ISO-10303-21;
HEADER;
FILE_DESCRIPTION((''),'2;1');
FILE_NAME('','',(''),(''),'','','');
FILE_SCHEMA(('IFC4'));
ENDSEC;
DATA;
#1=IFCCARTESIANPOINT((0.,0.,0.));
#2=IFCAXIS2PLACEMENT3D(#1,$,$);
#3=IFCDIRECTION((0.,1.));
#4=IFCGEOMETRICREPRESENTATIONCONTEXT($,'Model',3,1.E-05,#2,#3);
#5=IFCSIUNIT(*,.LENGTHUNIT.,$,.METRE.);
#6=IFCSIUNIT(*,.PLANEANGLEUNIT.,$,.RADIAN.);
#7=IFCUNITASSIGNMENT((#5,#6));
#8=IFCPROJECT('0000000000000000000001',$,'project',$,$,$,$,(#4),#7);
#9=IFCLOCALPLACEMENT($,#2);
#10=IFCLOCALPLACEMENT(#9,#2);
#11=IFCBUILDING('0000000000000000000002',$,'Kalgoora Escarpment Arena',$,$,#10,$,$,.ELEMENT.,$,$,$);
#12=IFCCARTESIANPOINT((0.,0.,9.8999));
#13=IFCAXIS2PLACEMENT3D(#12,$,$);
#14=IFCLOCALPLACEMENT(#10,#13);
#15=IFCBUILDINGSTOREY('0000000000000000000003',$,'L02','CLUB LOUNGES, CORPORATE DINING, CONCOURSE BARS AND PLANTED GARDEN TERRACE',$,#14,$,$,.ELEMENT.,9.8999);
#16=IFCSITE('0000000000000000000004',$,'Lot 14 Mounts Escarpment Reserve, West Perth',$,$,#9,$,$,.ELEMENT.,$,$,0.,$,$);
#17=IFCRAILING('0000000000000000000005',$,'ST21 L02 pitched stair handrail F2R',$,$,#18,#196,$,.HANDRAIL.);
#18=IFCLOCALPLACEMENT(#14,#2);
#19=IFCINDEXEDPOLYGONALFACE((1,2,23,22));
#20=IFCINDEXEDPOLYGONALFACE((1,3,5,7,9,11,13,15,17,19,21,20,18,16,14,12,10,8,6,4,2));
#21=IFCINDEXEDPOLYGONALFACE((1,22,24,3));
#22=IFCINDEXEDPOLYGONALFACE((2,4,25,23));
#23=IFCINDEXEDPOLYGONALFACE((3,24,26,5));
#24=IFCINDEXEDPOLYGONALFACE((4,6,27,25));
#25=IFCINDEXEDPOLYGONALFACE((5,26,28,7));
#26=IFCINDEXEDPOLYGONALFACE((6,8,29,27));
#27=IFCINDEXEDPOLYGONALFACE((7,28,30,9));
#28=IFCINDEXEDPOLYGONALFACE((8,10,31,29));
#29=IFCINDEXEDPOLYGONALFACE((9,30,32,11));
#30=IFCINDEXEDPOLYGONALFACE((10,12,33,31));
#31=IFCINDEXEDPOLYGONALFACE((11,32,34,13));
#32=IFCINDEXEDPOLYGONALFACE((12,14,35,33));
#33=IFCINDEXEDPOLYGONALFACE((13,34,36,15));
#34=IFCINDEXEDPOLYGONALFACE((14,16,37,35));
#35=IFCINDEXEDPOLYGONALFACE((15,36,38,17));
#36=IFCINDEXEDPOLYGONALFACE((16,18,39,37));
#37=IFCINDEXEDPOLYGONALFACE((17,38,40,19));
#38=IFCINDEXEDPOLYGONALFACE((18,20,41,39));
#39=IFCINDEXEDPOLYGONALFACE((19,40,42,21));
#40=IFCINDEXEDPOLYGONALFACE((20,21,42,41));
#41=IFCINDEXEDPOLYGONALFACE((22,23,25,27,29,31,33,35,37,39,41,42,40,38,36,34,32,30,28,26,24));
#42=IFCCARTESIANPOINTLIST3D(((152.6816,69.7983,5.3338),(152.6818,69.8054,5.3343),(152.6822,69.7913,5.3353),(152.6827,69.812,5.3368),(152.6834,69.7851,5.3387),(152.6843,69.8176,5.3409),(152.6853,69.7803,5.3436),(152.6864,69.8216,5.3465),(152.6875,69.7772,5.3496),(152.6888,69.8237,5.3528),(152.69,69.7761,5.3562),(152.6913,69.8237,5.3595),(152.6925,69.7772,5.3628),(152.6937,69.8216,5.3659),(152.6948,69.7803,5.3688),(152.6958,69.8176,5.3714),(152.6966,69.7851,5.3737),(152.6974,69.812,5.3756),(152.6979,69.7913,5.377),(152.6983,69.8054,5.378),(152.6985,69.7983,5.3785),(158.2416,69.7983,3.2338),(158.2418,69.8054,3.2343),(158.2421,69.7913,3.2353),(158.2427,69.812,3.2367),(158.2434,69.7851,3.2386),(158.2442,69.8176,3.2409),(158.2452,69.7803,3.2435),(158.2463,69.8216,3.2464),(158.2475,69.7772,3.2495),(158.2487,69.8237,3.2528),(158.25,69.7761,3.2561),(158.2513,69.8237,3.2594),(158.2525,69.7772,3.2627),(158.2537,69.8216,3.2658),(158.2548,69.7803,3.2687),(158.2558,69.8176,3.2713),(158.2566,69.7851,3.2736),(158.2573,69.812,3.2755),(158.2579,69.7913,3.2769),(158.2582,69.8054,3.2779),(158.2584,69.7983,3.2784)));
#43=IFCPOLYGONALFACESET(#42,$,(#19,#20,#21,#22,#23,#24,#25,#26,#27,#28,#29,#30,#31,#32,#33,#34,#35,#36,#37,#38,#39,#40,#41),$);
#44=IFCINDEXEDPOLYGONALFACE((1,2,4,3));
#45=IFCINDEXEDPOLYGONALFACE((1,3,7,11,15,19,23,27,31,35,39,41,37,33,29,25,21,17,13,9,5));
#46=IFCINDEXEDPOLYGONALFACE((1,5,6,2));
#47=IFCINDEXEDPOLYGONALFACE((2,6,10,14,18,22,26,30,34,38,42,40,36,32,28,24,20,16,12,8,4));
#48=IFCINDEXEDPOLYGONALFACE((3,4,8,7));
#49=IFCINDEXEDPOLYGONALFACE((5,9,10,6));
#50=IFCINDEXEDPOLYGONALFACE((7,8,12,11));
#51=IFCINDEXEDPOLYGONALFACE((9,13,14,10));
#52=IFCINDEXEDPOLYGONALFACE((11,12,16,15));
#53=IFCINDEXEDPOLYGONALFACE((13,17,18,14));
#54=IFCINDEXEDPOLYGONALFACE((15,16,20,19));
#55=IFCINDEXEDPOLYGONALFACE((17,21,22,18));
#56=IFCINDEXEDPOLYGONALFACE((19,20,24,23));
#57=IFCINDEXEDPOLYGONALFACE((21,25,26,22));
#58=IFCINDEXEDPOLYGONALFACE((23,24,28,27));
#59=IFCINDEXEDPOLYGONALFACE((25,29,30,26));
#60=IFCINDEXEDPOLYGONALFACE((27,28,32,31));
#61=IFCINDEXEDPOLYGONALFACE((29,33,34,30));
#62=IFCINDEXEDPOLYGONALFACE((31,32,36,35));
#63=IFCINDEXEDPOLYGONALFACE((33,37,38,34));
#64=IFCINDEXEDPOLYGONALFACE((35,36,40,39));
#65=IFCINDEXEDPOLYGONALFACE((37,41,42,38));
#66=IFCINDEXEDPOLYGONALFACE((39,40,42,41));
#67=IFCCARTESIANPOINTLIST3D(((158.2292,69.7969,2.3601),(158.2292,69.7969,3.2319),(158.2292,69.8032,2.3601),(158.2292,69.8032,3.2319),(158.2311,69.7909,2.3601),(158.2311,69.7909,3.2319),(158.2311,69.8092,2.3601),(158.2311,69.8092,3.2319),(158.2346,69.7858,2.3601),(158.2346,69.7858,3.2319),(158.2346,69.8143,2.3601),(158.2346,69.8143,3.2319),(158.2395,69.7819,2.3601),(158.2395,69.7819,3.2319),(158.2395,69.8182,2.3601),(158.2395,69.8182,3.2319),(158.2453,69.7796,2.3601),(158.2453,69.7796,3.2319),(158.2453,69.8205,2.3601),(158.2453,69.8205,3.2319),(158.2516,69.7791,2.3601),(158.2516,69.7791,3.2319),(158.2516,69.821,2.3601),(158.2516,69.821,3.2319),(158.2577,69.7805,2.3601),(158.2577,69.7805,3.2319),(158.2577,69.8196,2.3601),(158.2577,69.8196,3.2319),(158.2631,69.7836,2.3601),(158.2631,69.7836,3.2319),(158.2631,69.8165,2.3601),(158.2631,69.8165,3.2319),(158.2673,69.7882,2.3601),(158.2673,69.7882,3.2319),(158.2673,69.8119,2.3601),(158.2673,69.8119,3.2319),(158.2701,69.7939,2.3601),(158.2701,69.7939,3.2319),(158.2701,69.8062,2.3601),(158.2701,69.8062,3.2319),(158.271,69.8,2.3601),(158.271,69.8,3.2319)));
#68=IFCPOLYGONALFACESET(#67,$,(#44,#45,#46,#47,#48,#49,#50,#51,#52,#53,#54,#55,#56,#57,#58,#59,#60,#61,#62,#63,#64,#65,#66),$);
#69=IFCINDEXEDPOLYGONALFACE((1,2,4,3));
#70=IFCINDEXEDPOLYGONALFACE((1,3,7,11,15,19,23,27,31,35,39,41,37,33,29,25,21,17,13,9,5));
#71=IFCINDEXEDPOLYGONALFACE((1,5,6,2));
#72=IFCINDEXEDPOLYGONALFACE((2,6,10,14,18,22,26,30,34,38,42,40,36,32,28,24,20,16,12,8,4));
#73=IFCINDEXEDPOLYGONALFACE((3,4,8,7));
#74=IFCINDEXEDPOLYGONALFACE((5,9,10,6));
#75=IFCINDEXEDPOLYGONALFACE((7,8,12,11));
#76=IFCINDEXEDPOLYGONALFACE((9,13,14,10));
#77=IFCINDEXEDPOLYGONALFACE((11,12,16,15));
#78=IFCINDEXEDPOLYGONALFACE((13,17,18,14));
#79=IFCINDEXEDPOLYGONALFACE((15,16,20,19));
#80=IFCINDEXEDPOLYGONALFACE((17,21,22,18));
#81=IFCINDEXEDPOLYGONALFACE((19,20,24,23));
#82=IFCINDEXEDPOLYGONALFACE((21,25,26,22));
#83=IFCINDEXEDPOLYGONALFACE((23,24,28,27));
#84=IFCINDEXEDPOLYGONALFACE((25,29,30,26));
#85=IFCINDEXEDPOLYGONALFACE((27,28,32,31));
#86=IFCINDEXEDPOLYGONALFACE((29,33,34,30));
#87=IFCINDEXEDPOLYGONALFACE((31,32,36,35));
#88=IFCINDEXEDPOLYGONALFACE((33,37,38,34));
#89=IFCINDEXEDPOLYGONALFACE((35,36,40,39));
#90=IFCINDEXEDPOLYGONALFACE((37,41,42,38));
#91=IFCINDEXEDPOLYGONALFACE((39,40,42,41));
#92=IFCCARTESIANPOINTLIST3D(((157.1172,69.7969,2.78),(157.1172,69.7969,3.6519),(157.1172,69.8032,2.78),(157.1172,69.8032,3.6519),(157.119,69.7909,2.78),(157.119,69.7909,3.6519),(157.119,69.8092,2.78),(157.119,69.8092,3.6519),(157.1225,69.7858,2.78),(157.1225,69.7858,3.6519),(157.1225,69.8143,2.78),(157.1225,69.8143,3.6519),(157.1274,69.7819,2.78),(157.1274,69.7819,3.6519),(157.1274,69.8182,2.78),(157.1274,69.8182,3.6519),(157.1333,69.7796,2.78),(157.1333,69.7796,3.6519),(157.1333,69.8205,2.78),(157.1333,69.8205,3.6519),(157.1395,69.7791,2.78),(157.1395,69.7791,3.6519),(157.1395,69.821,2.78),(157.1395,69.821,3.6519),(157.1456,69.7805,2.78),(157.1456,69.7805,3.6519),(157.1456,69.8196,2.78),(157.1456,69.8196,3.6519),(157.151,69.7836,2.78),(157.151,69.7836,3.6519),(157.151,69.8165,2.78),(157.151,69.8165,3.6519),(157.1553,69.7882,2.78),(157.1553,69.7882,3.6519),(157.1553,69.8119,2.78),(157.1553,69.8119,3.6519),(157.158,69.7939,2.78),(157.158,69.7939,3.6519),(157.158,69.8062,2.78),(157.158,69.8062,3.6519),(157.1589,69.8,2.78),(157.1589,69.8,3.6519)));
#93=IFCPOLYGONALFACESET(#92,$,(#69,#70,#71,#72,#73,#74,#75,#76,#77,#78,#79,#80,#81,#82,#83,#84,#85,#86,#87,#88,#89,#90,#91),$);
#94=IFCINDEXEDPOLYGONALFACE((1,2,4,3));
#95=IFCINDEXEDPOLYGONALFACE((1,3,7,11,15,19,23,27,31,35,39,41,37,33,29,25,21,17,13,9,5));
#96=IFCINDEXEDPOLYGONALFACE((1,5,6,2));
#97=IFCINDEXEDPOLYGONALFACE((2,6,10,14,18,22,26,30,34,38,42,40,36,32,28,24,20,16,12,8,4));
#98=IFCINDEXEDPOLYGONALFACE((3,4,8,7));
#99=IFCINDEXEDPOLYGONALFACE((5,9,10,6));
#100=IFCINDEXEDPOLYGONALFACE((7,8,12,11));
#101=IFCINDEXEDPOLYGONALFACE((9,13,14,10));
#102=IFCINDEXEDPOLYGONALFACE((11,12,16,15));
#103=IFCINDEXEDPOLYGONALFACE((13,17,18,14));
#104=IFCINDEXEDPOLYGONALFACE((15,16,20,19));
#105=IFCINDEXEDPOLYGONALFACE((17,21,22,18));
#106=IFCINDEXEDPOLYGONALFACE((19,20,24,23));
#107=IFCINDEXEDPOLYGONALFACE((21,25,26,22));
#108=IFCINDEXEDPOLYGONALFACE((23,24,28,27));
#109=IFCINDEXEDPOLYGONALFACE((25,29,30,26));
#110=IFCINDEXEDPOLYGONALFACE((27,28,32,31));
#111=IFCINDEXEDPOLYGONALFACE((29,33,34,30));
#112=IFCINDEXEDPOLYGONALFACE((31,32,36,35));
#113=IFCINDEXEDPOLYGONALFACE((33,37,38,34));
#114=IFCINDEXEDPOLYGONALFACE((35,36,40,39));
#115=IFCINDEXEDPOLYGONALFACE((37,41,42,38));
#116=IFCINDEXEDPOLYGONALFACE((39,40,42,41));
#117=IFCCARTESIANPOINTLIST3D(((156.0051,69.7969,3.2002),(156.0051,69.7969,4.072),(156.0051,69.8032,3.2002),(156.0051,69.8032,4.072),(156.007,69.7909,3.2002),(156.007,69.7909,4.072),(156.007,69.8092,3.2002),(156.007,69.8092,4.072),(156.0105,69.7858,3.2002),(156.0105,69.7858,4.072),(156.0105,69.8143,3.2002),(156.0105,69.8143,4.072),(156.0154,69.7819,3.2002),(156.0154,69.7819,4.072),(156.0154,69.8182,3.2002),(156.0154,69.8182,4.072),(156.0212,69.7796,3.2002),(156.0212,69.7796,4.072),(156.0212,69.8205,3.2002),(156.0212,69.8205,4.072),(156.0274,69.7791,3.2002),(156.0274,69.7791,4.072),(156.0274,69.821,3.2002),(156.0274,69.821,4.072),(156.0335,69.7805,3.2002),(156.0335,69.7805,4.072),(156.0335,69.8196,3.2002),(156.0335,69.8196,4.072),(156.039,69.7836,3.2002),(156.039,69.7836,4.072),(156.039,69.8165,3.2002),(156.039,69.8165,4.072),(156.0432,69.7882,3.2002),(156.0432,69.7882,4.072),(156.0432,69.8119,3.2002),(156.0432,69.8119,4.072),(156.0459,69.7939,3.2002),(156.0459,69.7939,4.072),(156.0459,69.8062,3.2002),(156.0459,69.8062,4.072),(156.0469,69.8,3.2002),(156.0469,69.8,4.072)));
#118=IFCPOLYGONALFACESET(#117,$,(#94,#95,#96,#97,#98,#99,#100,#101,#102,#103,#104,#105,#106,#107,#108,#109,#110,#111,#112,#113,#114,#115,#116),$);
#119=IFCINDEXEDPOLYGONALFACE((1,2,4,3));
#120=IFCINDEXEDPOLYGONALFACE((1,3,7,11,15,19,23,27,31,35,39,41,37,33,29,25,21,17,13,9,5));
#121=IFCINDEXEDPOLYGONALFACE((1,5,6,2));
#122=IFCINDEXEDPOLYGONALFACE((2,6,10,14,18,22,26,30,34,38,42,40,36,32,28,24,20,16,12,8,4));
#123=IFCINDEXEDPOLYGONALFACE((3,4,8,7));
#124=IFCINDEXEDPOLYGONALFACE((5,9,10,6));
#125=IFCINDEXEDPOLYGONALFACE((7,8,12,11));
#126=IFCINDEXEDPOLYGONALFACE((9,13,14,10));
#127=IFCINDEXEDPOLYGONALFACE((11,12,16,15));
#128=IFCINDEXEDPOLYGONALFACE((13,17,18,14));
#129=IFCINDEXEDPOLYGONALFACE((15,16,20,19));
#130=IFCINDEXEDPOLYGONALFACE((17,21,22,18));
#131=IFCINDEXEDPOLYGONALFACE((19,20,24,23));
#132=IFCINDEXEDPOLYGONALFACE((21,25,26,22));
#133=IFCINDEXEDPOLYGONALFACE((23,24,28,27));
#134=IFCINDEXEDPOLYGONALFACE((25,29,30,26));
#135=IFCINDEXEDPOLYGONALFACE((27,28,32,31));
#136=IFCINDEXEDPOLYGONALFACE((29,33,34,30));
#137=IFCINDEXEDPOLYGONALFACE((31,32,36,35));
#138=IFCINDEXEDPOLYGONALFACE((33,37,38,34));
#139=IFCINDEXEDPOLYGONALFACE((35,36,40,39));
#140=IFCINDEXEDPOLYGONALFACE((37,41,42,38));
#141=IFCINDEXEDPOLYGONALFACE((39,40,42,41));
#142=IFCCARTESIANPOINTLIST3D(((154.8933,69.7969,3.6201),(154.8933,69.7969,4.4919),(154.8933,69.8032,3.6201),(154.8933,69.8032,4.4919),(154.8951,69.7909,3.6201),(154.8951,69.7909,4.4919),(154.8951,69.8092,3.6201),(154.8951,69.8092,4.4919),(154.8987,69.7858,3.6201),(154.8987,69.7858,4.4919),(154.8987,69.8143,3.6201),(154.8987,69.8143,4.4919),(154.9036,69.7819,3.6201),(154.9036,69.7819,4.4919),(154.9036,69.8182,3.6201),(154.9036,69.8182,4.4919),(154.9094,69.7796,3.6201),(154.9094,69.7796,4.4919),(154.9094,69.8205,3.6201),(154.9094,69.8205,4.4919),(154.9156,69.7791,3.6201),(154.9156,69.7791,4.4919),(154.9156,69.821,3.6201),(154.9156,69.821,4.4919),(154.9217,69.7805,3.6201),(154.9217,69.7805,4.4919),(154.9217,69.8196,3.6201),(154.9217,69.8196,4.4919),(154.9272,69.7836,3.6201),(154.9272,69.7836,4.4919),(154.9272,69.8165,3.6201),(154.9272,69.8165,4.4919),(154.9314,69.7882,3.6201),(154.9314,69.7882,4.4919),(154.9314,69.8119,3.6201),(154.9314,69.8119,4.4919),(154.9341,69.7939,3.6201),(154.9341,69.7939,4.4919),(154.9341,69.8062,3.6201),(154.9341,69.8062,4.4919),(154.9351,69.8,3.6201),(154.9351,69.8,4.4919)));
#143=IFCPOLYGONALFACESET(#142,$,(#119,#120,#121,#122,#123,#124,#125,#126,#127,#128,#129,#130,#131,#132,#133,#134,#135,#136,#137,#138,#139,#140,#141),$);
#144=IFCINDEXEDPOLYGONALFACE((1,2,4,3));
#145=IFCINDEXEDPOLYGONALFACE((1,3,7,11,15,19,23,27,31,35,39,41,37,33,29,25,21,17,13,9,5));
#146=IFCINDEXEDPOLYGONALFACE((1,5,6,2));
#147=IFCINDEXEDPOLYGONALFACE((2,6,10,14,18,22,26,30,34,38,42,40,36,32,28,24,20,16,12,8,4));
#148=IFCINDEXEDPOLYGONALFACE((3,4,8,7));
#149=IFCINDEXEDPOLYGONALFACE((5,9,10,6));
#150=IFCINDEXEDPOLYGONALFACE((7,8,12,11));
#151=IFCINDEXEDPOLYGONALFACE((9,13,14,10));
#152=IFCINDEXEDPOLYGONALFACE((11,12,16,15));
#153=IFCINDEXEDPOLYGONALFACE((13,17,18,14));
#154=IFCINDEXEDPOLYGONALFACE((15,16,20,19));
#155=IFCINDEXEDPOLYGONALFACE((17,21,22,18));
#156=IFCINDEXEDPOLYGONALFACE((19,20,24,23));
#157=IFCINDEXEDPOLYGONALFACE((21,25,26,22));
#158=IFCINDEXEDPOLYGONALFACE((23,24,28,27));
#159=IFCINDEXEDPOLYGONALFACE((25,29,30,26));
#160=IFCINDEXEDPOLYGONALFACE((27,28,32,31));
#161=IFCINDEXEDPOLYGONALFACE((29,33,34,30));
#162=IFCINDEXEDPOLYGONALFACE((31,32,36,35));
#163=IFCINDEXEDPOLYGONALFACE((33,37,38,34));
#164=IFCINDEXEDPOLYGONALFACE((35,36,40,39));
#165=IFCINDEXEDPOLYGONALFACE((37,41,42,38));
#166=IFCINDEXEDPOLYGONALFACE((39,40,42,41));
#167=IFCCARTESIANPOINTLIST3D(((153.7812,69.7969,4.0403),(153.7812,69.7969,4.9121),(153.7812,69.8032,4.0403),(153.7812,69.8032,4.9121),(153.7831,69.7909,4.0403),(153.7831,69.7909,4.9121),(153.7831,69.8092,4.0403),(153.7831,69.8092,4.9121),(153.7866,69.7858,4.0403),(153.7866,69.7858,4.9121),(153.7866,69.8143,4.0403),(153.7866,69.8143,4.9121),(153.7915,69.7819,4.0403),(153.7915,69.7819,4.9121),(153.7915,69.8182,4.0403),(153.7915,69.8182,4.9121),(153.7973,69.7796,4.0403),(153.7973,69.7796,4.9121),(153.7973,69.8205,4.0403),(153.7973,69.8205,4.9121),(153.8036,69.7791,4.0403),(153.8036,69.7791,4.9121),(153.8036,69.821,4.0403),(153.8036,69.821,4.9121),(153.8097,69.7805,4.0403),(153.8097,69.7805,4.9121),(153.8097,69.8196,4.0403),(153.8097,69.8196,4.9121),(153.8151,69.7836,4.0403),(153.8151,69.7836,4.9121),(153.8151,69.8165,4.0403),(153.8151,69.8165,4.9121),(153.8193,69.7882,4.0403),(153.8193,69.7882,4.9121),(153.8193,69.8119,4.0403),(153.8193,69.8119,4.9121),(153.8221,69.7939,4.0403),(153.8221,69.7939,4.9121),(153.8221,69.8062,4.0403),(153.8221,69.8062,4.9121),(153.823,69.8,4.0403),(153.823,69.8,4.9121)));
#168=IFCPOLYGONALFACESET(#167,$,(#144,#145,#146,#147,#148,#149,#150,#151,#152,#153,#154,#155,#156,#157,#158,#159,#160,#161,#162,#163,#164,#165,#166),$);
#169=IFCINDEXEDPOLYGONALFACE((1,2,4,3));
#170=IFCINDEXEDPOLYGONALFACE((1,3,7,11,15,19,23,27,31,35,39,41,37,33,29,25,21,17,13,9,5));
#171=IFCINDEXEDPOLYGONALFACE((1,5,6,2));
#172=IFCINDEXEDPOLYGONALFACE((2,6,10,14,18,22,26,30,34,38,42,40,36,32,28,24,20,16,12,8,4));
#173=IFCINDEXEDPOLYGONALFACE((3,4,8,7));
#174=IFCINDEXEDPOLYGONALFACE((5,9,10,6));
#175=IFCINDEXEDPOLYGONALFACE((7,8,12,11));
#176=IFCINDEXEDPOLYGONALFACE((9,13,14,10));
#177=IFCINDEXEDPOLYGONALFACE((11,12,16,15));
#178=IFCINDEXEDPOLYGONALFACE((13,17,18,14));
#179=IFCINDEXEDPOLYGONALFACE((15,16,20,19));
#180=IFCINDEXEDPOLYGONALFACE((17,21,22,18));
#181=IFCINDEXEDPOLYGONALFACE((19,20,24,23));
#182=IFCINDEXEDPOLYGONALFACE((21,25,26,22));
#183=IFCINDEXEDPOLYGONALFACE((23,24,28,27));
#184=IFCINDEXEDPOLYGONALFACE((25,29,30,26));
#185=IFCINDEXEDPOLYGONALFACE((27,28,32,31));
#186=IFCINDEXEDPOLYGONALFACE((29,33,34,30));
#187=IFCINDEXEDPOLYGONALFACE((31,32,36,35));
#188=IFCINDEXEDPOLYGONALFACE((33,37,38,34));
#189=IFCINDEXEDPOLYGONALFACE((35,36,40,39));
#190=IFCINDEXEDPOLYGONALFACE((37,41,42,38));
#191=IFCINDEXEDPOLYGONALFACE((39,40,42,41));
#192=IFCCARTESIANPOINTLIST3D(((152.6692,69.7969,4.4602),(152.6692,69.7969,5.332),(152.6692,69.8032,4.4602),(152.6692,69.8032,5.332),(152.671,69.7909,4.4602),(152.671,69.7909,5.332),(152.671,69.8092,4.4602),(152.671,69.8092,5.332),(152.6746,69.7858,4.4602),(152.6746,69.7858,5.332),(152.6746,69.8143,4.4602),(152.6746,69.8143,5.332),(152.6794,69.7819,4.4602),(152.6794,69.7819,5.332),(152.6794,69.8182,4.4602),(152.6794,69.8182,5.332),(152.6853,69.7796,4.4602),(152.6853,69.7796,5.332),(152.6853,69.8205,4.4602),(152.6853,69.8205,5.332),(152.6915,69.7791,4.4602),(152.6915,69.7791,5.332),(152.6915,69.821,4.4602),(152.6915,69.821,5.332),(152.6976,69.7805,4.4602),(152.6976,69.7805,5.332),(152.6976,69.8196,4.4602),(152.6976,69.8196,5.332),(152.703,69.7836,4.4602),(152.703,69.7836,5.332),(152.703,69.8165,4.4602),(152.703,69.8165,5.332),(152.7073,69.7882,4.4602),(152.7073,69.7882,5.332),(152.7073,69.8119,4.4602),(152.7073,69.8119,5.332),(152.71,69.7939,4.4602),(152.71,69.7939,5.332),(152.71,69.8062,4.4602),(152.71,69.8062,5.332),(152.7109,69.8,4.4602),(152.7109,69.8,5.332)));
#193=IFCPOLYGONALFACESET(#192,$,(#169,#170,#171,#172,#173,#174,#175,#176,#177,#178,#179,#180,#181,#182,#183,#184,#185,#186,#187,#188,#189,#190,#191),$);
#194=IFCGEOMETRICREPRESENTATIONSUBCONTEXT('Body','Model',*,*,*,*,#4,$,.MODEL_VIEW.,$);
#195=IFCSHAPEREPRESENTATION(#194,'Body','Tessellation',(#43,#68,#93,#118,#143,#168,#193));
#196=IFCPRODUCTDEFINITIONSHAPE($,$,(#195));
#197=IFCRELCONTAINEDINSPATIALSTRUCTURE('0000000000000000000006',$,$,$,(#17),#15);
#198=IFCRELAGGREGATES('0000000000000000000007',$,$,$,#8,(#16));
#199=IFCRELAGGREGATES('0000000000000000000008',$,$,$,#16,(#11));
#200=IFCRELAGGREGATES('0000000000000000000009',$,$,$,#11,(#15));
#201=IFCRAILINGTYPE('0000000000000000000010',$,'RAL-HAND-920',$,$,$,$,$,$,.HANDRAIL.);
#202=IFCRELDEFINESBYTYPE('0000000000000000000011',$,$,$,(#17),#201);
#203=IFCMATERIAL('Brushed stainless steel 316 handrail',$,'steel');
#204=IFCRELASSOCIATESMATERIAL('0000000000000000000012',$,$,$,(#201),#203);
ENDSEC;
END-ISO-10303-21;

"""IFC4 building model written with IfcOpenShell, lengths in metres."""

from ifc_helpers import new_model, si_unit, direction, frame, origin, origin_2d, place, context, subcontext, project, spatial, circle, extrude, material, type_object, element, save


model = new_model("IFC4")

# Units and contexts
model_context = context("Model", 3, precision=1e-05, world=origin(), true_north=direction((0.0, 1.0)))
body_context = subcontext(model_context, "Body", "Model", "MODEL_VIEW")
ifc_project = project(units=[si_unit("LENGTHUNIT", "METRE"), si_unit("PLANEANGLEUNIT", "RADIAN")], contexts=[model_context])

# Site, building, storey
site_placement = place(None, origin())
site = spatial("IfcSite", under=ifc_project, at=site_placement, Name="Lot 14 Mounts Escarpment Reserve, West Perth", CompositionType="ELEMENT", RefElevation=0.0)
building_placement = place(site_placement, origin())
building = spatial("IfcBuilding", under=site, at=building_placement, Name="Kalgoora Escarpment Arena", CompositionType="ELEMENT")
storey_placement = place(building_placement, frame((0.0, 0.0, 9.8999)))
storey = spatial("IfcBuildingStorey", under=building, at=storey_placement, Name="L02", Description="CLUB LOUNGES, CORPORATE DINING, CONCOURSE BARS AND PLANTED GARDEN TERRACE", CompositionType="ELEMENT", Elevation=9.8999)

# Railing
ifc_material_1 = material(Name="Brushed stainless steel 316 handrail", Category="steel")
railing_type_1 = type_object("IfcRailingType", Name="RAL-HAND-920", PredefinedType="HANDRAIL", material=ifc_material_1)
for number, where, name in (
    (1, (158.25, 69.8, 2.3601), "ST21 L02 pitched stair handrail F2R"),
):
    element("IfcRailing", number, at=place(storey_placement, frame(where)), inside=storey, type_object=railing_type_1, Name=name, PredefinedType="HANDRAIL", context=body_context, shape_type="SweptSolid", body=[
        extrude(circle(Radius=0.0239, at=origin_2d()), frame((0.0, 0.0, 0.896), z_axis=(-0.935493, 0.0, 0.353346), x_axis=(0.0, -1.0, 0.0)), (0.0, 0.0, 1.0), 5.9434),
        extrude(circle(Radius=0.021, at=origin_2d()), origin(), (0.0, 0.0, 1.0), 0.8718),
        extrude(circle(Radius=0.021, at=origin_2d()), frame((-1.1121, 0.0, 0.4199)), (0.0, 0.0, 1.0), 0.8718),
        extrude(circle(Radius=0.021, at=origin_2d()), frame((-2.2241, 0.0, 0.8401)), (0.0, 0.0, 1.0), 0.8718),
        extrude(circle(Radius=0.021, at=origin_2d()), frame((-3.3359, 0.0, 1.26)), (0.0, 0.0, 1.0), 0.8718),
        extrude(circle(Radius=0.021, at=origin_2d()), frame((-4.448, 0.0, 1.6802)), (0.0, 0.0, 1.0), 0.8718),
        extrude(circle(Radius=0.021, at=origin_2d()), frame((-5.5601, 0.0, 2.1001)), (0.0, 0.0, 1.0), 0.8718),
    ])

save(model, "model.ifc")
